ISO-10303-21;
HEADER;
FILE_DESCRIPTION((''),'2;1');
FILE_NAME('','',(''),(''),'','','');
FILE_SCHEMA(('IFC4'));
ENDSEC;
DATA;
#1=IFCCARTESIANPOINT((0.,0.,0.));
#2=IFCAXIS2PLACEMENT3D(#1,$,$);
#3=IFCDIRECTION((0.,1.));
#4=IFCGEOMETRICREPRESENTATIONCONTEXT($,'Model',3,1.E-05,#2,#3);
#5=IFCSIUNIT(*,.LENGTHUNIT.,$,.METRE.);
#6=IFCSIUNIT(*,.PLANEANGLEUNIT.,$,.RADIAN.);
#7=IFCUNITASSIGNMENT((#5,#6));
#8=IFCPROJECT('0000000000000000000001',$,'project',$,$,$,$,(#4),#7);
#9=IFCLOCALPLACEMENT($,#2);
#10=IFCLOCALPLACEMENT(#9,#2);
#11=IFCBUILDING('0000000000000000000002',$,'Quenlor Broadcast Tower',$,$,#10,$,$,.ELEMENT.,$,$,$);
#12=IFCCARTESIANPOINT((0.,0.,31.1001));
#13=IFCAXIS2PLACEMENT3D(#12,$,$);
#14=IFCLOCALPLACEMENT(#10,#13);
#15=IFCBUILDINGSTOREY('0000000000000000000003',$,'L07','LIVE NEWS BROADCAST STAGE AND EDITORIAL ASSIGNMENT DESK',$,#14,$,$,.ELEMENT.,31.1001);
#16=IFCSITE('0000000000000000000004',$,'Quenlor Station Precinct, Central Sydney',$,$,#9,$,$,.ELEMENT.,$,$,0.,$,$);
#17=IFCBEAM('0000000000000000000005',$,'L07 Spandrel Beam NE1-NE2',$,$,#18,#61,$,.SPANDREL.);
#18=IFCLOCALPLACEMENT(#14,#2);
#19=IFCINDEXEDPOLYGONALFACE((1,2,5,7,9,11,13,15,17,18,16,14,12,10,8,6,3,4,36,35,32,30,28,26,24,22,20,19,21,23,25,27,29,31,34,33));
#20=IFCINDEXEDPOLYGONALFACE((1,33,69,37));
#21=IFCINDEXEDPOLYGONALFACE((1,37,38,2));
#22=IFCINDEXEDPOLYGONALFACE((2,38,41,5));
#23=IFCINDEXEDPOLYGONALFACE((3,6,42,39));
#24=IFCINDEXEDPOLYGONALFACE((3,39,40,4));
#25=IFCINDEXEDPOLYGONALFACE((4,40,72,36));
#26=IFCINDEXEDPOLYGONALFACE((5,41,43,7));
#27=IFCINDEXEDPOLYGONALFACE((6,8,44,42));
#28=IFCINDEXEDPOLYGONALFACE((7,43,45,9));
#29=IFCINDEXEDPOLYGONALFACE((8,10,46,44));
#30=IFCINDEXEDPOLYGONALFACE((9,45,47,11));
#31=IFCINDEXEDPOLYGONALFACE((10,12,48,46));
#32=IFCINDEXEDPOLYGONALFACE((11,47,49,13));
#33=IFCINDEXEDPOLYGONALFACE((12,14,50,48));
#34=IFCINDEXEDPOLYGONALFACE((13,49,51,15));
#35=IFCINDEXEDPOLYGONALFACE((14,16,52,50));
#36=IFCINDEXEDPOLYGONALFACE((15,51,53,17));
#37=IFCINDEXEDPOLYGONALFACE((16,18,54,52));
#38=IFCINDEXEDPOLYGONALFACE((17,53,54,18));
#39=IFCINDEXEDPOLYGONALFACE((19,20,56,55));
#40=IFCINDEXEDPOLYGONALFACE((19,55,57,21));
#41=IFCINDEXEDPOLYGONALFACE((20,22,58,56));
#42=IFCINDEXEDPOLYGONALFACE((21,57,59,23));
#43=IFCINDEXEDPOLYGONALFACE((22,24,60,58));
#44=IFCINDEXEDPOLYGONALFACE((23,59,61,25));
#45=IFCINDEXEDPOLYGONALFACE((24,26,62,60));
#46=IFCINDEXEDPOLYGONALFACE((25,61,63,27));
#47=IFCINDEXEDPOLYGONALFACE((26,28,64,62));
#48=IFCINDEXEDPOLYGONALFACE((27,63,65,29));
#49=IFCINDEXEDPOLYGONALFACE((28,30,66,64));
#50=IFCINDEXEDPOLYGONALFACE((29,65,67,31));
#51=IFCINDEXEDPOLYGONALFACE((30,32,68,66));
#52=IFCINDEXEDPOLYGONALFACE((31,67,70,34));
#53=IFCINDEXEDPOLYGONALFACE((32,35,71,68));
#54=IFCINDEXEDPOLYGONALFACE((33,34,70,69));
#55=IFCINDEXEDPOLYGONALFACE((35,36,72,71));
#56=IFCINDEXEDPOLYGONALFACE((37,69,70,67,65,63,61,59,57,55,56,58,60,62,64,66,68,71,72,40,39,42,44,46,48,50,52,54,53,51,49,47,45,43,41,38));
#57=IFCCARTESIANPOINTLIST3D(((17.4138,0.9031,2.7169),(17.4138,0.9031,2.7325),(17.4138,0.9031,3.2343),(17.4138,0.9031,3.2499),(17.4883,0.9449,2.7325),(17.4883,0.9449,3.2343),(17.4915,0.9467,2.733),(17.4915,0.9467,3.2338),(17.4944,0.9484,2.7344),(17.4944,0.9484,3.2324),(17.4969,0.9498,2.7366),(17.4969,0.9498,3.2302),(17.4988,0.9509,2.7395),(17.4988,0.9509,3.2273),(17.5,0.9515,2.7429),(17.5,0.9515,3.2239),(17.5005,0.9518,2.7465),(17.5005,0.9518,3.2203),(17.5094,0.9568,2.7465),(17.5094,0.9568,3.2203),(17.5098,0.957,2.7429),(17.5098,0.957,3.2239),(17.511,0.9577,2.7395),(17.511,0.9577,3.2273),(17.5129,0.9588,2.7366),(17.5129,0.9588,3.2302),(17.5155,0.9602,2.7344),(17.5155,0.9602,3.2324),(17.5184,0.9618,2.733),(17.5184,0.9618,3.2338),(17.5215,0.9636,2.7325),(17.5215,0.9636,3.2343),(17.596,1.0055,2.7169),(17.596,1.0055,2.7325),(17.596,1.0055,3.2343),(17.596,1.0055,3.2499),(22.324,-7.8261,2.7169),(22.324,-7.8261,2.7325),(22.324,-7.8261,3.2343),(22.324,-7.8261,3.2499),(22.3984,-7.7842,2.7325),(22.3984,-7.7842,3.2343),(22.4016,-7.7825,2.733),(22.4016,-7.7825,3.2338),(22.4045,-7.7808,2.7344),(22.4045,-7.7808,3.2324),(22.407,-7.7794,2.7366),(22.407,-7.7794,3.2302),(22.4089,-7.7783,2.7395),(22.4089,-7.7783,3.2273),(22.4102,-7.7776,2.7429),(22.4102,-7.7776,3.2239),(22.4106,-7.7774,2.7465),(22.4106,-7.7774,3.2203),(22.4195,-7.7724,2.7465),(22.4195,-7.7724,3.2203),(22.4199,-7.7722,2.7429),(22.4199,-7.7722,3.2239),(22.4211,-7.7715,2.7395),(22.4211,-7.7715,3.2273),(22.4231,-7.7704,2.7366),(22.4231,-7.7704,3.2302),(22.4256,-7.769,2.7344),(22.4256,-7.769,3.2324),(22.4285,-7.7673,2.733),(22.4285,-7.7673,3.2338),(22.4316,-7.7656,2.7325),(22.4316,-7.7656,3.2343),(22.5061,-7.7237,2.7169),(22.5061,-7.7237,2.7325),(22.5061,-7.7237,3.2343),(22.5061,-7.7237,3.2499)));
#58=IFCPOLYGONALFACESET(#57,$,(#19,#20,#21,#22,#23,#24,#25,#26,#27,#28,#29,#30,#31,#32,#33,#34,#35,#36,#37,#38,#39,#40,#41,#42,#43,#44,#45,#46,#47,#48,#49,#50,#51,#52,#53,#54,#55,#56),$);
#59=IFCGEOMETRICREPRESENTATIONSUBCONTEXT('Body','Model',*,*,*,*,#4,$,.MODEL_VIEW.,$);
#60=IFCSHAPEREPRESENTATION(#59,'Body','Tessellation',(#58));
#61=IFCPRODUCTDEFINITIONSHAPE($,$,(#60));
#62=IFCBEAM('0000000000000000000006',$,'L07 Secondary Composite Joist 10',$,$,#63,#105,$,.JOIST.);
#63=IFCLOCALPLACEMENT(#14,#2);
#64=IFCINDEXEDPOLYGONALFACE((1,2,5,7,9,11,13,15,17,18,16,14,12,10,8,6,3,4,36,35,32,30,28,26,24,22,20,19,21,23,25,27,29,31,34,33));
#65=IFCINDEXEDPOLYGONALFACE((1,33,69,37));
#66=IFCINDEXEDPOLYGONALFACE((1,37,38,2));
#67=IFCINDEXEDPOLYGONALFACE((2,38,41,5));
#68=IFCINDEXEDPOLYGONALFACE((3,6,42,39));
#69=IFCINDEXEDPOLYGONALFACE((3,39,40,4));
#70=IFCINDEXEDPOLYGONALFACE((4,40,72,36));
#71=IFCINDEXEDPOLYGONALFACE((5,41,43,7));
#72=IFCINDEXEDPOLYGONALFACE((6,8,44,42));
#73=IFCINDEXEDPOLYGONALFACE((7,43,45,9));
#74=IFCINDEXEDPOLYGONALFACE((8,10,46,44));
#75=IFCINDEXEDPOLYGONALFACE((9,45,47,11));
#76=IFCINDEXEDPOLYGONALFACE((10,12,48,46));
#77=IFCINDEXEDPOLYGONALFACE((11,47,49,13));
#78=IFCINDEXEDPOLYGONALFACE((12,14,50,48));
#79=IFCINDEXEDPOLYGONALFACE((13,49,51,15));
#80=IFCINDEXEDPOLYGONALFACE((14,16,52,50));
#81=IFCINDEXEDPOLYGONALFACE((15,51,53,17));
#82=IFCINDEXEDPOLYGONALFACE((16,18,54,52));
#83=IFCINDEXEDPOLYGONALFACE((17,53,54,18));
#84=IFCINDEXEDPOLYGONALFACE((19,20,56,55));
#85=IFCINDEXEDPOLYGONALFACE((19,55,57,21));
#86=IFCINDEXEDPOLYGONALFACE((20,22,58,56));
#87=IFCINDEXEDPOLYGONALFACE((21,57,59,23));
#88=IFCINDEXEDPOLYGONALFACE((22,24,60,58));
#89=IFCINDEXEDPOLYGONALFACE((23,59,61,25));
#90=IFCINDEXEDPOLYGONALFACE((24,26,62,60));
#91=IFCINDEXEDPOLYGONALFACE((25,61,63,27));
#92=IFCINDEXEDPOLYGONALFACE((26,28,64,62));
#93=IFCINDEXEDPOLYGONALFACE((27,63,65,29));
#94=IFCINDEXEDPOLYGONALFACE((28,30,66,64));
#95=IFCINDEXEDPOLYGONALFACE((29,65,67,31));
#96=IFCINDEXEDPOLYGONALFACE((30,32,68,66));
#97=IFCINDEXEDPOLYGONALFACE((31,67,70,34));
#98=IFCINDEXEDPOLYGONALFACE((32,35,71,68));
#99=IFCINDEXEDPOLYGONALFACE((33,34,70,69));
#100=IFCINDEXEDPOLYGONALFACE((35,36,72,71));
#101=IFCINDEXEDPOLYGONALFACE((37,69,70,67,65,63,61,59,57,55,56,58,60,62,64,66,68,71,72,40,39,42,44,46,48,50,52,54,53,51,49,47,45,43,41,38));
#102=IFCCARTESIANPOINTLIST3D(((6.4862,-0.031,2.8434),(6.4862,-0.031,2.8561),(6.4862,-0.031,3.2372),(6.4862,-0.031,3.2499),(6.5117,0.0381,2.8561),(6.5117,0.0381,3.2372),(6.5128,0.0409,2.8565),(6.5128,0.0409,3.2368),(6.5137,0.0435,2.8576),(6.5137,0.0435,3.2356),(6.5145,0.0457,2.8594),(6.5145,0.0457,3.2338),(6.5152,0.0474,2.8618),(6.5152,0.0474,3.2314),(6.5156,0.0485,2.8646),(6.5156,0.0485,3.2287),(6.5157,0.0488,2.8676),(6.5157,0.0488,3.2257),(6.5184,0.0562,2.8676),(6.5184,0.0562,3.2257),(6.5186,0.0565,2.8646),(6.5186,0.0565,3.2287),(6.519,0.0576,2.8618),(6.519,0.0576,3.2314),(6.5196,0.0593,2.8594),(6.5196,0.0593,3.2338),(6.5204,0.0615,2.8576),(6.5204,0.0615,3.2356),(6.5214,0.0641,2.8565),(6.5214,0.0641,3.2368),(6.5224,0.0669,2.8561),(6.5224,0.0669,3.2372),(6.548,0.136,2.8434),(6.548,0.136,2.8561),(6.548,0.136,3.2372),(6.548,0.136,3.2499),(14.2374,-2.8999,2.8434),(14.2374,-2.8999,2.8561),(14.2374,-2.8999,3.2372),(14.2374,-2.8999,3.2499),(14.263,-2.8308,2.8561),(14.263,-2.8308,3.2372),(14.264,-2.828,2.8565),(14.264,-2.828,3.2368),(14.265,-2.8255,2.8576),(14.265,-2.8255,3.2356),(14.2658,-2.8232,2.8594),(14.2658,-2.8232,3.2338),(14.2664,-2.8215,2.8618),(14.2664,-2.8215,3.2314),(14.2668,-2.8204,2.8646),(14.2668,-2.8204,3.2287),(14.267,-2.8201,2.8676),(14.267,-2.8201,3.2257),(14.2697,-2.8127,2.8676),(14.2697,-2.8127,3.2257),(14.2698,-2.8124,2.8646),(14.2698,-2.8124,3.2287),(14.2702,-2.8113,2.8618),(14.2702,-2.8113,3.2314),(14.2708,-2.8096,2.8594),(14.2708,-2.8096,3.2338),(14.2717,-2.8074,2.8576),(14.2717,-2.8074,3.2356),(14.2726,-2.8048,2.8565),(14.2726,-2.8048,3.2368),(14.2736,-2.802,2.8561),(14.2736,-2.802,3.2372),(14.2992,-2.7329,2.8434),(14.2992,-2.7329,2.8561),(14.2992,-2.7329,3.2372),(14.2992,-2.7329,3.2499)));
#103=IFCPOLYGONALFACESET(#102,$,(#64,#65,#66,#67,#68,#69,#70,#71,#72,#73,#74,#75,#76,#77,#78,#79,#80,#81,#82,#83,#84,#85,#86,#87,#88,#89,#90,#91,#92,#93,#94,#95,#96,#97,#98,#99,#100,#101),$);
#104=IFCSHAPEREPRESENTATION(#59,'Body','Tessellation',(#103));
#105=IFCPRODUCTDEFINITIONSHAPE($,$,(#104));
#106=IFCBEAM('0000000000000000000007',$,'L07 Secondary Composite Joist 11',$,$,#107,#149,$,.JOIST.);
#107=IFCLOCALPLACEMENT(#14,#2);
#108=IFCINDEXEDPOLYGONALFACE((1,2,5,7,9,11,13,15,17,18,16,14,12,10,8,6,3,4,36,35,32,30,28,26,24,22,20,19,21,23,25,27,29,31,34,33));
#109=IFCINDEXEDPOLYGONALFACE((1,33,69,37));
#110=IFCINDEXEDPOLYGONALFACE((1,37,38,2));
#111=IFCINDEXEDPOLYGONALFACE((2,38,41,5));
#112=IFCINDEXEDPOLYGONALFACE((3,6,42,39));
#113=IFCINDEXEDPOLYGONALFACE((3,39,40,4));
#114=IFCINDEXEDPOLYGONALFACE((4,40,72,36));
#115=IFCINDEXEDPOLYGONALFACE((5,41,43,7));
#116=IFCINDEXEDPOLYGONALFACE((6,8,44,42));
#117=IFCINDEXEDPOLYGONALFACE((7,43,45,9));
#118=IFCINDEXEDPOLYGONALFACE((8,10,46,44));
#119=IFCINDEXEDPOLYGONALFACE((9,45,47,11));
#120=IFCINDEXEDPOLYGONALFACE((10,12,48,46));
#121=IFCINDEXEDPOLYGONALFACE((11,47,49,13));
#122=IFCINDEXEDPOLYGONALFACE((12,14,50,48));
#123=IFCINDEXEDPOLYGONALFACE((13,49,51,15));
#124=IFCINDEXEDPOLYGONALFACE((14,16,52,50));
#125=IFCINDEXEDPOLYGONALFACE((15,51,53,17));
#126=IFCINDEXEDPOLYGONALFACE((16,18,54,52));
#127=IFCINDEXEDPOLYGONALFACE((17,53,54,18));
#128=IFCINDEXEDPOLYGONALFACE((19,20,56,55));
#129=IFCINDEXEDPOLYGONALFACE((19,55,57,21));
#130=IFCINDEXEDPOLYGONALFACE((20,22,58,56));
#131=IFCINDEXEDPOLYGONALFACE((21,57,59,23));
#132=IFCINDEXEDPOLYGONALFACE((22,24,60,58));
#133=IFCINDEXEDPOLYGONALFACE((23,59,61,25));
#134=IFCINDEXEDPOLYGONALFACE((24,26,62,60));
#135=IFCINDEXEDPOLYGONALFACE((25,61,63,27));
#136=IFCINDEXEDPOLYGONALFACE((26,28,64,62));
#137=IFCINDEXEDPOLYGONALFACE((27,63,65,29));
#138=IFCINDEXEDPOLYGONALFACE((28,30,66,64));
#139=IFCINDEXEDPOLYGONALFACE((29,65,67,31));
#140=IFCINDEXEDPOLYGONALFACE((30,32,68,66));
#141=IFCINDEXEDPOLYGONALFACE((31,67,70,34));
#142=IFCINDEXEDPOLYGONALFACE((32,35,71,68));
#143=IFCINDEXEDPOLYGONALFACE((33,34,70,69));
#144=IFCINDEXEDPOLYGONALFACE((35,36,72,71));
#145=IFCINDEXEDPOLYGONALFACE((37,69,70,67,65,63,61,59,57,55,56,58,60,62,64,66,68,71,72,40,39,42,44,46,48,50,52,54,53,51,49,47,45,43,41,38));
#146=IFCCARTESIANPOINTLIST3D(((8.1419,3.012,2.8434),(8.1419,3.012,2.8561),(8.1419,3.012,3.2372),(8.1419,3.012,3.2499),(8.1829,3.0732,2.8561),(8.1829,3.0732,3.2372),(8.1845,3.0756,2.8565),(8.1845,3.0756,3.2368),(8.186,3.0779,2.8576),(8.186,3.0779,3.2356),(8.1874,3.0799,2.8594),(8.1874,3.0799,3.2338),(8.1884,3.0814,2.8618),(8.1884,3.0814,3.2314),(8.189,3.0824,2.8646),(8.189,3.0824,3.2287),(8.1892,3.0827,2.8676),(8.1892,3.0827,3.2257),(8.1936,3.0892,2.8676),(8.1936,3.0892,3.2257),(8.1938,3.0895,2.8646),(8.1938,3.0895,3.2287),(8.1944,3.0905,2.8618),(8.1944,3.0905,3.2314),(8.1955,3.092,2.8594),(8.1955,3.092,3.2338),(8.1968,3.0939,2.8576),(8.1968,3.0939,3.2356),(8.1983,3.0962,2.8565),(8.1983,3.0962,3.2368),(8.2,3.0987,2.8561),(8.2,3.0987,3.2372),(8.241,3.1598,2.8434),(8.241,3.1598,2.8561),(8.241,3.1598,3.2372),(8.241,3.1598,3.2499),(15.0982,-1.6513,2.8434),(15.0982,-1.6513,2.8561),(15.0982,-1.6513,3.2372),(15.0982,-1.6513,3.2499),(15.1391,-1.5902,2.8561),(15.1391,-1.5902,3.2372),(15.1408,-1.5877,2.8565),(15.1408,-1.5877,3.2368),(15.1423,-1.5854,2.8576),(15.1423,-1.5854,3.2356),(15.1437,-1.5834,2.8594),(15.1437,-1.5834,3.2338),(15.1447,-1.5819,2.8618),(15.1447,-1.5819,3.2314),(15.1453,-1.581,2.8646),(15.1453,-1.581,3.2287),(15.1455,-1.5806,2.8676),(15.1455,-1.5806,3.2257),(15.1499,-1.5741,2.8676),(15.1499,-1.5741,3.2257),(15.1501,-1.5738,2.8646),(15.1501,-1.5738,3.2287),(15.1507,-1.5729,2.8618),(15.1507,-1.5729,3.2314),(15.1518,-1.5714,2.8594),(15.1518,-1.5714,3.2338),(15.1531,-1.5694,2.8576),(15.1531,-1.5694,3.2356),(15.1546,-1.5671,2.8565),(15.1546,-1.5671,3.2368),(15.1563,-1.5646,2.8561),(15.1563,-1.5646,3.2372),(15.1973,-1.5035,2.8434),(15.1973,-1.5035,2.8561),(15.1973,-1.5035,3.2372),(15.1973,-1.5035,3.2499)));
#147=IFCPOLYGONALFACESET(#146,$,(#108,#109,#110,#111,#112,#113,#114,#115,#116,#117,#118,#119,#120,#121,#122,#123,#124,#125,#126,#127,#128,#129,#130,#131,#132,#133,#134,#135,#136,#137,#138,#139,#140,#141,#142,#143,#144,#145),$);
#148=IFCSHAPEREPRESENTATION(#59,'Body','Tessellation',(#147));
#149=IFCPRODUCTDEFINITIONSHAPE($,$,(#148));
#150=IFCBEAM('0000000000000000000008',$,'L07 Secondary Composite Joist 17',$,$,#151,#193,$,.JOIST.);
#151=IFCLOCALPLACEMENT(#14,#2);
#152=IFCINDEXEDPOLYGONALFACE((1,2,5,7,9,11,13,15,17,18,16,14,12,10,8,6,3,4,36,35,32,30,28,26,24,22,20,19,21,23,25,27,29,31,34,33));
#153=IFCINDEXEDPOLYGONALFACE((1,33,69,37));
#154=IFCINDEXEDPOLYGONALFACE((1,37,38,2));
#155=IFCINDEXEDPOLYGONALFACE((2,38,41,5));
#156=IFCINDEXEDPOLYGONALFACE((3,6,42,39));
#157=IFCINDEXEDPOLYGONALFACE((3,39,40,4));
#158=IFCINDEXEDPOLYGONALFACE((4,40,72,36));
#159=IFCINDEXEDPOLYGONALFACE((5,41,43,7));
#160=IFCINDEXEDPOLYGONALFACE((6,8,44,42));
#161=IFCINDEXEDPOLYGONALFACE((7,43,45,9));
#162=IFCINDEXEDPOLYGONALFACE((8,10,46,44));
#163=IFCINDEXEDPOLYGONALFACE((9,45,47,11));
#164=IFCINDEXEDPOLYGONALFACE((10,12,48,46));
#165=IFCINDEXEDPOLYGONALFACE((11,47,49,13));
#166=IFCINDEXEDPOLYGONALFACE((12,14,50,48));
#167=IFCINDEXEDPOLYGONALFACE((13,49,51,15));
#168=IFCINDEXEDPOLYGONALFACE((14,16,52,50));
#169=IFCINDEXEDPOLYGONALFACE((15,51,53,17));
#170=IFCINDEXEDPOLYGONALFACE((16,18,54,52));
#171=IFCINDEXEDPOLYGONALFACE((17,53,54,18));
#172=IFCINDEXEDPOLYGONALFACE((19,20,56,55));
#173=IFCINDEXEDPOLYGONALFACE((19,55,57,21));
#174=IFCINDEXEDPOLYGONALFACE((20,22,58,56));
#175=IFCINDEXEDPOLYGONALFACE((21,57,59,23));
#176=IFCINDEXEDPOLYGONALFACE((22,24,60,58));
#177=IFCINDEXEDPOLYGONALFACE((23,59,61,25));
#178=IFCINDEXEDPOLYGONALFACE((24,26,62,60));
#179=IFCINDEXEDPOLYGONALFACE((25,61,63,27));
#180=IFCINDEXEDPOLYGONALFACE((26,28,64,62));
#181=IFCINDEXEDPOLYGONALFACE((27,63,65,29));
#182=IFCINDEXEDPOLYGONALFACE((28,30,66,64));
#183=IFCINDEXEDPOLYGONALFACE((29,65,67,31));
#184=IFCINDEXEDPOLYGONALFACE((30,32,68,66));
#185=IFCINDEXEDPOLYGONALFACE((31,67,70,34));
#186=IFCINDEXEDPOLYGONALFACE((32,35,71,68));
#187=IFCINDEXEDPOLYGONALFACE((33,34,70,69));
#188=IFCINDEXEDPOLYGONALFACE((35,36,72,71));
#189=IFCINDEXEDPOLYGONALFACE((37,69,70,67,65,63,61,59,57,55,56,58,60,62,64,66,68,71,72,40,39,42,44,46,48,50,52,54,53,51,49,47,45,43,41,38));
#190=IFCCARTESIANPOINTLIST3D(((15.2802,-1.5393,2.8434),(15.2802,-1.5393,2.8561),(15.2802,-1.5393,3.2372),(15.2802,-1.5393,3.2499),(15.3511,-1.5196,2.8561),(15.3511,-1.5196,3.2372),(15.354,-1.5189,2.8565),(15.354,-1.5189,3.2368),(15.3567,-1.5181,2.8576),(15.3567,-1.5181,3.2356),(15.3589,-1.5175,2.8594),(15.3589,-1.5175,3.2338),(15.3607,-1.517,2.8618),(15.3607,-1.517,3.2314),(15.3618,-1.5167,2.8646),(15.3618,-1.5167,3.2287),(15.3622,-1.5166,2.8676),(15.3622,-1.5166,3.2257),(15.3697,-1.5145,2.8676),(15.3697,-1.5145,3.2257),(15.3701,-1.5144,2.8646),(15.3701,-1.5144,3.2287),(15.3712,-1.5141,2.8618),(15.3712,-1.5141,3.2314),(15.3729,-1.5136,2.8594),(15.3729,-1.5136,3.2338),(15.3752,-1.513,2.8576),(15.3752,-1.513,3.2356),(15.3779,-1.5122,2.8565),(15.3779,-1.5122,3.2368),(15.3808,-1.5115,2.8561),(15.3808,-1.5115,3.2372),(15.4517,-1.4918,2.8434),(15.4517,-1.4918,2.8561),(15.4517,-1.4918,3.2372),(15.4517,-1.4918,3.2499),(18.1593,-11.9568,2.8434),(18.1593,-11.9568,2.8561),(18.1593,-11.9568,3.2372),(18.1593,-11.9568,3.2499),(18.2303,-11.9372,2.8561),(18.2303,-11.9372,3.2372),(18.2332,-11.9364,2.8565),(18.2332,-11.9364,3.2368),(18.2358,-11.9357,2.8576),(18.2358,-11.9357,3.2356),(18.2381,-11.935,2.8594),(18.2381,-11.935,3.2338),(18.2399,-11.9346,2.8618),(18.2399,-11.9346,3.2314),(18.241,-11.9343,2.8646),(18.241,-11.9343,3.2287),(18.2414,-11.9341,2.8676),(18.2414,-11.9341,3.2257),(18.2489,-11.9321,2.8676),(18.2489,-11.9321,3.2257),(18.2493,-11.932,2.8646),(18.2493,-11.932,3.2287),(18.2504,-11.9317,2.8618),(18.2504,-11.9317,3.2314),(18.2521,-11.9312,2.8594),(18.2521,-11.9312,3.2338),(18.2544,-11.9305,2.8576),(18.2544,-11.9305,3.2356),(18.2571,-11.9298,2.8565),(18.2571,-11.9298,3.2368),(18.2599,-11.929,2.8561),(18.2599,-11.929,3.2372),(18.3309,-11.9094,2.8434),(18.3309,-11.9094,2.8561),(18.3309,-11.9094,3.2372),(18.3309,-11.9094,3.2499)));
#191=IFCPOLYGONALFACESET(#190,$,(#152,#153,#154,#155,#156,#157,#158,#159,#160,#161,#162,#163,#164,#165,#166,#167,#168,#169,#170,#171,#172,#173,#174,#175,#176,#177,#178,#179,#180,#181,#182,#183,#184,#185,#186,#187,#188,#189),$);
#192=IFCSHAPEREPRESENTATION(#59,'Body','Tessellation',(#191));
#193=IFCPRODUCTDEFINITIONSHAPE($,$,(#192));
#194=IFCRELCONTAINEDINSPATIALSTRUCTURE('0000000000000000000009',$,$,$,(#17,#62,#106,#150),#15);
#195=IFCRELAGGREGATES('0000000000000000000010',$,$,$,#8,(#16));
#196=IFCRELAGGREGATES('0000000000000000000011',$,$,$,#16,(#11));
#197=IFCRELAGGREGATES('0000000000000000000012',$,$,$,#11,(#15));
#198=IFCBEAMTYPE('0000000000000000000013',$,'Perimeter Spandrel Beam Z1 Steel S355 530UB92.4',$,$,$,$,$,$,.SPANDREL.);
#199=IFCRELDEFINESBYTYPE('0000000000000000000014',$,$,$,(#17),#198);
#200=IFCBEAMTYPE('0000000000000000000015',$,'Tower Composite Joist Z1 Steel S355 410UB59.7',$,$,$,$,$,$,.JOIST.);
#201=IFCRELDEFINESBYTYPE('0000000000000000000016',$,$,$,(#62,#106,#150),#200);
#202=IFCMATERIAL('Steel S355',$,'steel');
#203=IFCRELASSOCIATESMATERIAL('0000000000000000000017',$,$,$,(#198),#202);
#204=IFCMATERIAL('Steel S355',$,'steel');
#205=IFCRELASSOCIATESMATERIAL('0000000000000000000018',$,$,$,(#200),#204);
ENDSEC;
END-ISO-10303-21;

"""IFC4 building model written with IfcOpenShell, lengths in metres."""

from ifc_helpers import new_model, si_unit, direction, frame, origin, origin_2d, place, context, subcontext, project, spatial, i_section, extrude, material, material_profile, profile_set, type_object, element, save


model = new_model("IFC4")

# Units and contexts
model_context = context("Model", 3, precision=1e-05, world=origin(), true_north=direction((0.0, 1.0)))
body_context = subcontext(model_context, "Body", "Model", "MODEL_VIEW")
ifc_project = project(units=[si_unit("LENGTHUNIT", "METRE"), si_unit("PLANEANGLEUNIT", "RADIAN")], contexts=[model_context])

# Site, building, storey
site_placement = place(None, origin())
site = spatial("IfcSite", under=ifc_project, at=site_placement, Name="Quenlor Station Precinct, Central Sydney", CompositionType="ELEMENT", RefElevation=0.0)
building_placement = place(site_placement, origin())
building = spatial("IfcBuilding", under=site, at=building_placement, Name="Quenlor Broadcast Tower", CompositionType="ELEMENT")
storey_placement = place(building_placement, frame((0.0, 0.0, 31.1001)))
storey = spatial("IfcBuildingStorey", under=building, at=storey_placement, Name="L07", Description="LIVE NEWS BROADCAST STAGE AND EDITORIAL ASSIGNMENT DESK", CompositionType="ELEMENT", Elevation=31.1001)

# Beams
ifc_material_1 = material(Name="Steel S355", Category="steel")
ifc_material_profile_1 = material_profile(ifc_material_1, i_section(OverallWidth=0.209, OverallDepth=0.533, WebThickness=0.0103, FlangeThickness=0.0156, FilletRadius=0.0139, at=origin_2d()))
ifc_profile_set_1 = profile_set([ifc_material_profile_1], Name="Steel S355 530UB92.4")
beam_type_1 = type_object("IfcBeamType", Name="Perimeter Spandrel Beam Z1 Steel S355 530UB92.4", PredefinedType="SPANDREL", material=ifc_profile_set_1)
beam_1_placement = place(storey_placement, frame((22.415, -7.7749, 2.9834), z_axis=(-0.490258, 0.871577, 0.0), x_axis=(-0.871577, -0.490258, 0.0)))
element("IfcBeam", 1, at=beam_1_placement, inside=storey, type_object=beam_type_1, Name="L07 Spandrel Beam NE1-NE2", PredefinedType="SPANDREL", context=body_context, shape_type="SweptSolid", body=[
    extrude(i_section(OverallWidth=0.209, OverallDepth=0.533, WebThickness=0.0103, FlangeThickness=0.0156, FilletRadius=0.0139, at=origin_2d()), origin(), (0.0, 0.0, 1.0), 10.0154),
])
ifc_material_2 = material(Name="Steel S355", Category="steel")
ifc_material_profile_2 = material_profile(ifc_material_2, i_section(OverallWidth=0.178, OverallDepth=0.4065, WebThickness=0.0078, FlangeThickness=0.0127, FilletRadius=0.0115, at=origin_2d()))
ifc_profile_set_2 = profile_set([ifc_material_profile_2], Name="Steel S355 410UB59.7")
beam_type_2 = type_object("IfcBeamType", Name="Tower Composite Joist Z1 Steel S355 410UB59.7", PredefinedType="JOIST", material=ifc_profile_set_2)
beam_2_placement = place(storey_placement, frame((14.2683, -2.8164, 3.0466), z_axis=(-0.937825, 0.347109, 0.0), x_axis=(-0.347109, -0.937825, 0.0)))
element("IfcBeam", 2, at=beam_2_placement, inside=storey, type_object=beam_type_2, Name="L07 Secondary Composite Joist 10", PredefinedType="JOIST", context=body_context, shape_type="SweptSolid", body=[
    extrude(i_section(OverallWidth=0.178, OverallDepth=0.4065, WebThickness=0.0078, FlangeThickness=0.0127, FilletRadius=0.0115, at=origin_2d()), origin(), (0.0, 0.0, 1.0), 8.2651),
])
beam_3_placement = place(storey_placement, frame((15.1477, -1.5774, 3.0466), z_axis=(-0.830626, 0.556831, 0.0), x_axis=(-0.556831, -0.830626, 0.0)))
element("IfcBeam", 3, at=beam_3_placement, inside=storey, type_object=beam_type_2, Name="L07 Secondary Composite Joist 11", PredefinedType="JOIST", context=body_context, shape_type="SweptSolid", body=[
    extrude(i_section(OverallWidth=0.178, OverallDepth=0.4065, WebThickness=0.0078, FlangeThickness=0.0127, FilletRadius=0.0115, at=origin_2d()), origin(), (0.0, 0.0, 1.0), 8.3748),
])
beam_4_placement = place(storey_placement, frame((18.2451, -11.9331, 3.0466), z_axis=(-0.26639, 0.963865, 0.0), x_axis=(-0.963865, -0.26639, 0.0)))
element("IfcBeam", 4, at=beam_4_placement, inside=storey, type_object=beam_type_2, Name="L07 Secondary Composite Joist 17", PredefinedType="JOIST", context=body_context, shape_type="SweptSolid", body=[
    extrude(i_section(OverallWidth=0.178, OverallDepth=0.4065, WebThickness=0.0078, FlangeThickness=0.0127, FilletRadius=0.0115, at=origin_2d()), origin(), (0.0, 0.0, 1.0), 10.8081),
])

save(model, "model.ifc")
